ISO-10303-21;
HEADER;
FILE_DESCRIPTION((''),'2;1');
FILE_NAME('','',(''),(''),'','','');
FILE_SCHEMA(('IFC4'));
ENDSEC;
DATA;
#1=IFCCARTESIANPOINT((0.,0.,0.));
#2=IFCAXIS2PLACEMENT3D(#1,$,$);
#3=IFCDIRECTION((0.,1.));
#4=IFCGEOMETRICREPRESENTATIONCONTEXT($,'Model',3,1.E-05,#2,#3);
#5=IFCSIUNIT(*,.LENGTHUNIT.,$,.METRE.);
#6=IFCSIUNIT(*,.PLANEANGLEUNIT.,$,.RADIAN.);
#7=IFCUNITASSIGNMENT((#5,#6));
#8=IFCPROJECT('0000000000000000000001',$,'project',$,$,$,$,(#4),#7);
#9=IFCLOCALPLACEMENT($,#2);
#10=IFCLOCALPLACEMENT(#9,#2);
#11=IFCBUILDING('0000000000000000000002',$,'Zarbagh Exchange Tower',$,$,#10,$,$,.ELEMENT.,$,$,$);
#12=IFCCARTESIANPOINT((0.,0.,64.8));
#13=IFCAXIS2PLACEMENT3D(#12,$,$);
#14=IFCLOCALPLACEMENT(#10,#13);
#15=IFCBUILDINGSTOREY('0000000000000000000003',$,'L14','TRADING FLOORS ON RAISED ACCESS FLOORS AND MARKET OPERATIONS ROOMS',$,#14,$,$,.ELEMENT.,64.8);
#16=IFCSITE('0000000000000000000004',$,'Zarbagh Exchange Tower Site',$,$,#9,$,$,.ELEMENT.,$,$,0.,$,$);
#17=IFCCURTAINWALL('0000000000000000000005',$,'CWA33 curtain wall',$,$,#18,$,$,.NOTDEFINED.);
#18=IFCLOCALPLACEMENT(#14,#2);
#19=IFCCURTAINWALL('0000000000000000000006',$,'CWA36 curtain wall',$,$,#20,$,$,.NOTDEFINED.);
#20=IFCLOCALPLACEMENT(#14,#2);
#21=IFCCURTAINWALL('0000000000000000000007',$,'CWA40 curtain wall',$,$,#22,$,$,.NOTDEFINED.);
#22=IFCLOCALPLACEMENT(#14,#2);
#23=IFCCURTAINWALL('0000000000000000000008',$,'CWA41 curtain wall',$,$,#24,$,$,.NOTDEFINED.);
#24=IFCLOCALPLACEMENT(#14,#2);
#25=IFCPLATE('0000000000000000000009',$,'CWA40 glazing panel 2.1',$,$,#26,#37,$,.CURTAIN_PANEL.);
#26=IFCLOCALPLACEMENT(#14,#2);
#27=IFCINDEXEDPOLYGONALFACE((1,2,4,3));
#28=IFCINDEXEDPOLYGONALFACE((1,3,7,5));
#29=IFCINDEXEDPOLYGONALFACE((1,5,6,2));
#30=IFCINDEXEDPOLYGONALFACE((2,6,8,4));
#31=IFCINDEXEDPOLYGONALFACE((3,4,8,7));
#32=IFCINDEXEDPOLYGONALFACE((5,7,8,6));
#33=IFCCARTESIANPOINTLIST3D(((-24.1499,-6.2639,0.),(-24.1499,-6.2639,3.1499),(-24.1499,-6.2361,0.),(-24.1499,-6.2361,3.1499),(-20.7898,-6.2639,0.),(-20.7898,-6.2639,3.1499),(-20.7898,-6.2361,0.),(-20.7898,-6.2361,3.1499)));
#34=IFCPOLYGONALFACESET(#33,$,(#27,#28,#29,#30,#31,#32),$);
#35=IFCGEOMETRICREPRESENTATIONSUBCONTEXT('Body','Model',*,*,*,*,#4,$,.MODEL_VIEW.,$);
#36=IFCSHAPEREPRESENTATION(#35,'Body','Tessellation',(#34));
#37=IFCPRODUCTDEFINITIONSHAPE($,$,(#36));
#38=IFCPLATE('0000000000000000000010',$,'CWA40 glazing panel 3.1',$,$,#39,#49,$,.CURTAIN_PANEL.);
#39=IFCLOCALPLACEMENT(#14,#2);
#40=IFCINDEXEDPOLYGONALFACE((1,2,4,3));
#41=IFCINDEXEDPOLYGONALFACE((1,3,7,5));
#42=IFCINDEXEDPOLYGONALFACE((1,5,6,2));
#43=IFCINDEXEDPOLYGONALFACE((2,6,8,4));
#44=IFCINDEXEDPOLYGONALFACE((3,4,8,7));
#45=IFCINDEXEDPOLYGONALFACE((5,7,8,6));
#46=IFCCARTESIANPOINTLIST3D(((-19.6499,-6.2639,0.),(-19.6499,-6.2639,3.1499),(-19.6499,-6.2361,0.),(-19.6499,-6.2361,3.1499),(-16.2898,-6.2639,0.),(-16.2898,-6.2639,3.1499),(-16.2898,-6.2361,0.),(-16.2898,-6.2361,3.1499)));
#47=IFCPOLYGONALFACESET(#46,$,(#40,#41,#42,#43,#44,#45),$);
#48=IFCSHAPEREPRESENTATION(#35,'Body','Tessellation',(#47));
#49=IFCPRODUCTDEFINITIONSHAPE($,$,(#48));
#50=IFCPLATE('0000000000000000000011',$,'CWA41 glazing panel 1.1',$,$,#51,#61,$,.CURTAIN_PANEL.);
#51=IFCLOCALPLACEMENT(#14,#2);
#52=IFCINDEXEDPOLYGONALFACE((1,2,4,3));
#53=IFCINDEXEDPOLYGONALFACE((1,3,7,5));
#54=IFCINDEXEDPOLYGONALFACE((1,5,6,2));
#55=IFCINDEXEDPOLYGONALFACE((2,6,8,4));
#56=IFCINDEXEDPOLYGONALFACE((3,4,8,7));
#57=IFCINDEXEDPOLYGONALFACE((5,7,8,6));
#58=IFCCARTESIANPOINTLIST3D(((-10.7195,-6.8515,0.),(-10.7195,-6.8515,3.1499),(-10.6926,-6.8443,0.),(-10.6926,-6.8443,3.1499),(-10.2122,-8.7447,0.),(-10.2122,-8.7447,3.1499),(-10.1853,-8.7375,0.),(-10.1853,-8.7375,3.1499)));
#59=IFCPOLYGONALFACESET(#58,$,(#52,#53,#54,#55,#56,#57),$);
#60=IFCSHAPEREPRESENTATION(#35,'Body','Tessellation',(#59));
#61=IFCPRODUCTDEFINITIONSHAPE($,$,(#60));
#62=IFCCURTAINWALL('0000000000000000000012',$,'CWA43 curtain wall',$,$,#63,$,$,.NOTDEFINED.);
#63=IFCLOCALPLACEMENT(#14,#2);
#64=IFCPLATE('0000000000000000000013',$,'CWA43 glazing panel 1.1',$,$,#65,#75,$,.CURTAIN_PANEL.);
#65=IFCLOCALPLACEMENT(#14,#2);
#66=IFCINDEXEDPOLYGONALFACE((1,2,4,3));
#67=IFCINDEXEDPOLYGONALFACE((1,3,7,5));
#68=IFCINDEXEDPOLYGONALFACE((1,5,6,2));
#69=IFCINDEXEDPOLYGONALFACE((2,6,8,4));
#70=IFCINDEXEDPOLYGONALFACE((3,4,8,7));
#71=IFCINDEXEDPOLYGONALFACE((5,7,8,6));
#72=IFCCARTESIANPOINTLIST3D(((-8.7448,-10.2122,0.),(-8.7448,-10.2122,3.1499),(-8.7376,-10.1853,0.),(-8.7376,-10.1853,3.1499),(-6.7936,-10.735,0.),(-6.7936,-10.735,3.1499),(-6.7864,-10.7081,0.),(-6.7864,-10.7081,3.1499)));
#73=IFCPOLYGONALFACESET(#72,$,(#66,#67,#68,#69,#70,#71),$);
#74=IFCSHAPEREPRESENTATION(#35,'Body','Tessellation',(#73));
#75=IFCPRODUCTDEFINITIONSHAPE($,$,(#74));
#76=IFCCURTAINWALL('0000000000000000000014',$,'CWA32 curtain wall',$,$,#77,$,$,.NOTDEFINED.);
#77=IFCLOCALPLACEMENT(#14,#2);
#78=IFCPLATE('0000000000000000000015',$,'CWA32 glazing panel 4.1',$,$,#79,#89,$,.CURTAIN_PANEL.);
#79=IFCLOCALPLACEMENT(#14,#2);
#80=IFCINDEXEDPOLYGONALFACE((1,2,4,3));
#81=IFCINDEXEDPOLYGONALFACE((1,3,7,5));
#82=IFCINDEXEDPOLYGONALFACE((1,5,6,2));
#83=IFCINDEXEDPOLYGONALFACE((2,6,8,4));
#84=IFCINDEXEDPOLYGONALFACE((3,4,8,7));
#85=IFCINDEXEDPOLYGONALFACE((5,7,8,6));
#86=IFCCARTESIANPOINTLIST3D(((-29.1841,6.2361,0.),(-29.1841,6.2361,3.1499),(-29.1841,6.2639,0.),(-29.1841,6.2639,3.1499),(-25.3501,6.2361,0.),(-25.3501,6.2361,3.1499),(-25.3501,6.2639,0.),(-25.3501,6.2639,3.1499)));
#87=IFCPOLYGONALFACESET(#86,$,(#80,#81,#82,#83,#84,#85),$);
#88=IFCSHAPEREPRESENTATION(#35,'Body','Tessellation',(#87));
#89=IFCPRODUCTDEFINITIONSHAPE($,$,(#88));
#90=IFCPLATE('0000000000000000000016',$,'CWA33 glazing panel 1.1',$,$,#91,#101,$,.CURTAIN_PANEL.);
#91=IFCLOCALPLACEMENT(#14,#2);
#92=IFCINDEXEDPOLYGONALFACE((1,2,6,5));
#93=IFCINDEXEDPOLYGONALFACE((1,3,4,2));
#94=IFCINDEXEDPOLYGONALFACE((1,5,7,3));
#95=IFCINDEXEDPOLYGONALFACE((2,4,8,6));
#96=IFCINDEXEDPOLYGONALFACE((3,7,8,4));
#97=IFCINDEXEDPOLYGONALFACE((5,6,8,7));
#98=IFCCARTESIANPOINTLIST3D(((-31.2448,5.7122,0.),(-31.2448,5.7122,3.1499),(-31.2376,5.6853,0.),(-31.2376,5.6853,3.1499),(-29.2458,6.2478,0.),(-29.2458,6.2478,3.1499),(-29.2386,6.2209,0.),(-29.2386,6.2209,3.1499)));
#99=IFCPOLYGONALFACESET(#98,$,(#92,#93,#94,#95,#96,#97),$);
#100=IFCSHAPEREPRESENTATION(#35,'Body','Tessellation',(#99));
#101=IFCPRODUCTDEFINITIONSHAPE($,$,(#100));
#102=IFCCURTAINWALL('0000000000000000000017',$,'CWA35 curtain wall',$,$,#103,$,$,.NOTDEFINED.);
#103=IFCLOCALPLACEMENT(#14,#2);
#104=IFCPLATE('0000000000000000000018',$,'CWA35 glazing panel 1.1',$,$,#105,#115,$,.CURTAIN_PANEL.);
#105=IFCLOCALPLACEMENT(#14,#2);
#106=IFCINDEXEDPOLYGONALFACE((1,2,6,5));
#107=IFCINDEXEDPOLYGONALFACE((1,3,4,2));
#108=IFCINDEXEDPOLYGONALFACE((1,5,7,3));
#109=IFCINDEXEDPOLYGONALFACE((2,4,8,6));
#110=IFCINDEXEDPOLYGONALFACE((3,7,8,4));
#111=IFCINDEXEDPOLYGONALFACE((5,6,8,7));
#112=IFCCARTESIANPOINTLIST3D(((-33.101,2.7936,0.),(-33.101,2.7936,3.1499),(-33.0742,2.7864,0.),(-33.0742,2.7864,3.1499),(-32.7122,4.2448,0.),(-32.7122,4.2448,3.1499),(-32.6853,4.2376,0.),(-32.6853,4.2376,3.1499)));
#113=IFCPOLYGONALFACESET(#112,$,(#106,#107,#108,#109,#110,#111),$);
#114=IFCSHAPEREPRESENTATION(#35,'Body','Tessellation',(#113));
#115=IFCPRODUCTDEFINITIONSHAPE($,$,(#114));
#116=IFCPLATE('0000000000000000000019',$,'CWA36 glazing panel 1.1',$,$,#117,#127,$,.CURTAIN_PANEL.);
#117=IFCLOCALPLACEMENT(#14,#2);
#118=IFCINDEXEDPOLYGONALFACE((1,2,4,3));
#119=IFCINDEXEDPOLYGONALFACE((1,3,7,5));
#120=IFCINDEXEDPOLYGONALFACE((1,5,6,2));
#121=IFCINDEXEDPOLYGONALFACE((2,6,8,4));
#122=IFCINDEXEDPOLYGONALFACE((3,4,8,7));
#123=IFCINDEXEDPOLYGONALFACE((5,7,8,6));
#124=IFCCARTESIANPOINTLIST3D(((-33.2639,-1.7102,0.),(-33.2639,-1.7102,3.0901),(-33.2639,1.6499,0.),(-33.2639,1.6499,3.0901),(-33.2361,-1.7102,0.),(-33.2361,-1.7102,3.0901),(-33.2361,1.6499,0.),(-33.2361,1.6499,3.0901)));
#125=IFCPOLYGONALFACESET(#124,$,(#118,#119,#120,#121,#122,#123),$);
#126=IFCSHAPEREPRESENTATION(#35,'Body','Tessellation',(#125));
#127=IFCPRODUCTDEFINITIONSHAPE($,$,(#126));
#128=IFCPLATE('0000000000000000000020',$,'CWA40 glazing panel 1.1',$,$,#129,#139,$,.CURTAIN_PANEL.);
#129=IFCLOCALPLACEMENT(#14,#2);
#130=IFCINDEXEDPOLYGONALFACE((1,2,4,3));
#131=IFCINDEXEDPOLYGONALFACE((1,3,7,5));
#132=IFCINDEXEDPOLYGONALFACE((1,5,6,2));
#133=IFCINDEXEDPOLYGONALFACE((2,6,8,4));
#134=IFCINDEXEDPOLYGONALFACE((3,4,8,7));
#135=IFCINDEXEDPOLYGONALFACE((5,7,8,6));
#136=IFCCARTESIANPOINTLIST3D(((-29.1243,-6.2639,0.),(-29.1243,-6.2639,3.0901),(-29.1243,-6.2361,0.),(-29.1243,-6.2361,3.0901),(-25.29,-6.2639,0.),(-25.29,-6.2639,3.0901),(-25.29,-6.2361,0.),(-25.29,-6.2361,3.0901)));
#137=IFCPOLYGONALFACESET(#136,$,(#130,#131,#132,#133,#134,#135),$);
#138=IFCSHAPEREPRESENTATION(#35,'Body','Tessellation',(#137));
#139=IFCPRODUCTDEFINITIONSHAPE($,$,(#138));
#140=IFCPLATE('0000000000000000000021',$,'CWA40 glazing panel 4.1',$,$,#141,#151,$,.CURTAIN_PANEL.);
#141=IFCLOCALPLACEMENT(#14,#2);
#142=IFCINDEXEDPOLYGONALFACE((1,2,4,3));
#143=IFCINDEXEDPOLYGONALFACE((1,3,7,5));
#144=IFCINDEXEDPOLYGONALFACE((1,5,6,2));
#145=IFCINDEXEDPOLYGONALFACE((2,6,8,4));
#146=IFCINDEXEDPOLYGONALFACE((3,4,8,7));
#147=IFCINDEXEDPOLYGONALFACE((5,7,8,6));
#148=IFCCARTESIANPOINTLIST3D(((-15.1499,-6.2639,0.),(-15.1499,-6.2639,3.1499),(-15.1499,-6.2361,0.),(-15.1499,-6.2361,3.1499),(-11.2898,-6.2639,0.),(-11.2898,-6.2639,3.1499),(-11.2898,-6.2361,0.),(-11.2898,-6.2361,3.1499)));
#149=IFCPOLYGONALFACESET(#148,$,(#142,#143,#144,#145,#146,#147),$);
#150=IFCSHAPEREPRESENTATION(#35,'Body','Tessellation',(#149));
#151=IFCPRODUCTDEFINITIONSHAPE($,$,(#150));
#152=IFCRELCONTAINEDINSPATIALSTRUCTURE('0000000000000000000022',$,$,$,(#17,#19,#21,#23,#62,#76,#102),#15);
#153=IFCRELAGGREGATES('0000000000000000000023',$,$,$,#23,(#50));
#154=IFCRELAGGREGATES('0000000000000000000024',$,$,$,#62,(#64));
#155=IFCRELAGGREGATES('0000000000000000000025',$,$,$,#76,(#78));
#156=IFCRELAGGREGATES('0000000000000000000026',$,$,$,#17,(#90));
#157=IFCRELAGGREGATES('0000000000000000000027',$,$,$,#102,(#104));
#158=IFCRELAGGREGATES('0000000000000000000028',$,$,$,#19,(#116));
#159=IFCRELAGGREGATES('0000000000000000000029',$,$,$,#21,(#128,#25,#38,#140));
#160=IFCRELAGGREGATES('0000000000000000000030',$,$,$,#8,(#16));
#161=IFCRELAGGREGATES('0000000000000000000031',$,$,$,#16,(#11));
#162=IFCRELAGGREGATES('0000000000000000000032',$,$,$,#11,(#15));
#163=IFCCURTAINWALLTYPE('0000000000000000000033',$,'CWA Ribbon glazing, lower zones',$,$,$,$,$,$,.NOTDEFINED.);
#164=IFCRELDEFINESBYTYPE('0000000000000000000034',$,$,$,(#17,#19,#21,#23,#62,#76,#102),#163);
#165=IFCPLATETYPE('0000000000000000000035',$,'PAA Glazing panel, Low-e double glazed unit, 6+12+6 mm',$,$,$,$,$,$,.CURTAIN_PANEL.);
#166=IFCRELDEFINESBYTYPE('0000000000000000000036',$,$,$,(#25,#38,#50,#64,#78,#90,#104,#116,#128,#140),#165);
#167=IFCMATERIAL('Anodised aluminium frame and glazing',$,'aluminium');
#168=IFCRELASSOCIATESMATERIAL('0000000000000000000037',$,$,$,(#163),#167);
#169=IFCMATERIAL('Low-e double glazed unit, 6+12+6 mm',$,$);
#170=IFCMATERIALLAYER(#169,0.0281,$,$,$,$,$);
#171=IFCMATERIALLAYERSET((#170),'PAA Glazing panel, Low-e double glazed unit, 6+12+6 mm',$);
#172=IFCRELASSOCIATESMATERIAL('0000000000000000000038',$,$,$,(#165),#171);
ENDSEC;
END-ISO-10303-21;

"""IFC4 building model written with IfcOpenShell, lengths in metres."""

from ifc_helpers import new_model, si_unit, direction, frame, origin, place, context, subcontext, project, spatial, polyline, outline, extrude, source, transform, mapped, material, layer, layer_set, type_object, element, aggregate, save


model = new_model("IFC4")

# Units and contexts
model_context = context("Model", 3, precision=1e-05, world=origin(), true_north=direction((0.0, 1.0)))
body_context = subcontext(model_context, "Body", "Model", "MODEL_VIEW")
ifc_project = project(units=[si_unit("LENGTHUNIT", "METRE"), si_unit("PLANEANGLEUNIT", "RADIAN")], contexts=[model_context])

# Site, building, storey
site_placement = place(None, origin())
site = spatial("IfcSite", under=ifc_project, at=site_placement, Name="Zarbagh Exchange Tower Site", CompositionType="ELEMENT", RefElevation=0.0)
building_placement = place(site_placement, origin())
building = spatial("IfcBuilding", under=site, at=building_placement, Name="Zarbagh Exchange Tower", CompositionType="ELEMENT")
storey_placement = place(building_placement, frame((0.0, 0.0, 64.8)))
storey = spatial("IfcBuildingStorey", under=building, at=storey_placement, Name="L14", Description="TRADING FLOORS ON RAISED ACCESS FLOORS AND MARKET OPERATIONS ROOMS", CompositionType="ELEMENT", Elevation=64.8)

# Curtain walls
ifc_material_1 = material(Name="Anodised aluminium frame and glazing", Category="aluminium")
curtain_wall_type = type_object("IfcCurtainWallType", Name="CWA Ribbon glazing, lower zones", PredefinedType="NOTDEFINED", material=ifc_material_1)
curtain_wall_1_placement = place(storey_placement, origin())
curtain_wall_1 = element("IfcCurtainWall", 1, at=curtain_wall_1_placement, inside=storey, type_object=curtain_wall_type, Name="CWA33 curtain wall", PredefinedType="NOTDEFINED")
placement = place(storey_placement, origin())
curtain_wall_2_placement = place(storey_placement, origin())
curtain_wall_2 = element("IfcCurtainWall", 2, at=curtain_wall_2_placement, inside=storey, type_object=curtain_wall_type, Name="CWA36 curtain wall", PredefinedType="NOTDEFINED")

# Curtain wall
curtain_wall_3_placement = place(storey_placement, origin())
curtain_wall_3 = element("IfcCurtainWall", 3, at=curtain_wall_3_placement, inside=storey, type_object=curtain_wall_type, Name="CWA40 curtain wall", PredefinedType="NOTDEFINED")

# Curtain wall
curtain_wall_4_placement = place(storey_placement, origin())
curtain_wall_4 = element("IfcCurtainWall", 4, at=curtain_wall_4_placement, inside=storey, type_object=curtain_wall_type, Name="CWA41 curtain wall", PredefinedType="NOTDEFINED")

# Shared definitions
ifc_material_2 = material(Name="Low-e double glazed unit, 6+12+6 mm")
ifc_layer = layer(ifc_material_2, 0.0281)
ifc_layer_set = layer_set([ifc_layer], Name="PAA Glazing panel, Low-e double glazed unit, 6+12+6 mm")
plate_type = type_object("IfcPlateType", Name="PAA Glazing panel, Low-e double glazed unit, 6+12+6 mm", PredefinedType="CURTAIN_PANEL", material=ifc_layer_set)

# Plates
shared_shape_1 = source(origin(), body_context, "Body", "SweptSolid", [
    extrude(outline(polyline([(0.0, -0.0139), (3.3601, -0.0139), (3.3601, 0.0139), (0.0, 0.0139), (0.0, -0.0139)])), origin(), (0.0, 0.0, 1.0), 3.1499),
])
plate_1 = element("IfcPlate", 5, at=placement, type_object=plate_type, Name="CWA40 glazing panel 2.1", PredefinedType="CURTAIN_PANEL", context=body_context, shape_type="MappedRepresentation", body=[
    mapped(shared_shape_1, transform((-24.1499, -6.25, 0.0), x_axis=(1.0, 0.0, 0.0), y_axis=(0.0, 1.0, 0.0), z_axis=(0.0, 0.0, 1.0))),
])
plate_2 = element("IfcPlate", 6, at=placement, type_object=plate_type, Name="CWA40 glazing panel 3.1", PredefinedType="CURTAIN_PANEL", context=body_context, shape_type="MappedRepresentation", body=[
    mapped(shared_shape_1, transform((-19.6499, -6.25, 0.0), x_axis=(1.0, 0.0, 0.0), y_axis=(0.0, 1.0, 0.0), z_axis=(0.0, 0.0, 1.0))),
])
shared_shape_2 = source(origin(), body_context, "Body", "SweptSolid", [
    extrude(outline(polyline([(0.0, -0.0139), (1.96, -0.0139), (1.96, 0.0139), (0.0, 0.0139), (0.0, -0.0139)])), origin(), (0.0, 0.0, 1.0), 3.1499),
])
plate_3 = element("IfcPlate", 7, at=placement, type_object=plate_type, Name="CWA41 glazing panel 1.1", PredefinedType="CURTAIN_PANEL", context=body_context, shape_type="MappedRepresentation", body=[
    mapped(shared_shape_2, transform((-10.7061, -6.8479, 0.0), x_axis=(0.258825, -0.965924, 0.0), y_axis=(0.965924, 0.258825, 0.0), z_axis=(0.0, 0.0, 1.0))),
])
aggregate(curtain_wall_4, [plate_3])

# Curtain walls, plates
curtain_wall_5_placement = place(storey_placement, origin())
curtain_wall_5 = element("IfcCurtainWall", 8, at=curtain_wall_5_placement, inside=storey, type_object=curtain_wall_type, Name="CWA43 curtain wall", PredefinedType="NOTDEFINED")
shared_shape_3 = source(origin(), body_context, "Body", "SweptSolid", [
    extrude(outline(polyline([(0.0, -0.0139), (2.02, -0.0139), (2.02, 0.0139), (0.0, 0.0139), (0.0, -0.0139)])), origin(), (0.0, 0.0, 1.0), 3.1499),
])
plate_4 = element("IfcPlate", 9, at=placement, type_object=plate_type, Name="CWA43 glazing panel 1.1", PredefinedType="CURTAIN_PANEL", context=body_context, shape_type="MappedRepresentation", body=[
    mapped(shared_shape_3, transform((-8.7412, -10.1987, 0.0), x_axis=(0.965924, -0.258825, 0.0), y_axis=(0.258825, 0.965924, 0.0), z_axis=(0.0, 0.0, 1.0))),
])
aggregate(curtain_wall_5, [plate_4])
curtain_wall_6_placement = place(storey_placement, origin())
curtain_wall_6 = element("IfcCurtainWall", 10, at=curtain_wall_6_placement, inside=storey, type_object=curtain_wall_type, Name="CWA32 curtain wall", PredefinedType="NOTDEFINED")
shared_shape_4 = source(origin(), body_context, "Body", "SweptSolid", [
    extrude(outline(polyline([(0.0, -0.0139), (3.834, -0.0139), (3.834, 0.0139), (0.0, 0.0139), (0.0, -0.0139)])), origin(), (0.0, 0.0, 1.0), 3.1499),
])
plate_5 = element("IfcPlate", 11, at=placement, type_object=plate_type, Name="CWA32 glazing panel 4.1", PredefinedType="CURTAIN_PANEL", context=body_context, shape_type="MappedRepresentation", body=[
    mapped(shared_shape_4, transform((-25.3501, 6.25, 0.0), x_axis=(-1.0, 0.0, 0.0), y_axis=(0.0, -1.0, 0.0), z_axis=(0.0, 0.0, 1.0))),
])
aggregate(curtain_wall_6, [plate_5])

# Plate
shared_shape_5 = source(origin(), body_context, "Body", "SweptSolid", [
    extrude(outline(polyline([(0.0, -0.0139), (2.0696, -0.0139), (2.0696, 0.0139), (0.0, 0.0139), (0.0, -0.0139)])), origin(), (0.0, 0.0, 1.0), 3.1499),
])
plate_6 = element("IfcPlate", 12, at=placement, type_object=plate_type, Name="CWA33 glazing panel 1.1", PredefinedType="CURTAIN_PANEL", context=body_context, shape_type="MappedRepresentation", body=[
    mapped(shared_shape_5, transform((-29.2422, 6.2344, 0.0), x_axis=(-0.965924, -0.258825, 0.0), y_axis=(0.258825, -0.965924, 0.0), z_axis=(0.0, 0.0, 1.0))),
])
aggregate(curtain_wall_1, [plate_6])

# Curtain wall, plate
curtain_wall_7_placement = place(storey_placement, origin())
curtain_wall_7 = element("IfcCurtainWall", 13, at=curtain_wall_7_placement, inside=storey, type_object=curtain_wall_type, Name="CWA35 curtain wall", PredefinedType="NOTDEFINED")
shared_shape_6 = source(origin(), body_context, "Body", "SweptSolid", [
    extrude(outline(polyline([(0.0, -0.0139), (1.5024, -0.0139), (1.5024, 0.0139), (0.0, 0.0139), (0.0, -0.0139)])), origin(), (0.0, 0.0, 1.0), 3.1499),
])
plate_7 = element("IfcPlate", 14, at=placement, type_object=plate_type, Name="CWA35 glazing panel 1.1", PredefinedType="CURTAIN_PANEL", context=body_context, shape_type="MappedRepresentation", body=[
    mapped(shared_shape_6, transform((-32.6987, 4.2412, 0.0), x_axis=(-0.258825, -0.965924, 0.0), y_axis=(0.965924, -0.258825, 0.0), z_axis=(0.0, 0.0, 1.0))),
])
aggregate(curtain_wall_7, [plate_7])

# Plates
shared_shape_7 = source(origin(), body_context, "Body", "SweptSolid", [
    extrude(outline(polyline([(0.0, -0.0139), (3.3601, -0.0139), (3.3601, 0.0139), (0.0, 0.0139), (0.0, -0.0139)])), origin(), (0.0, 0.0, 1.0), 3.0901),
])
plate_8 = element("IfcPlate", 15, at=placement, type_object=plate_type, Name="CWA36 glazing panel 1.1", PredefinedType="CURTAIN_PANEL", context=body_context, shape_type="MappedRepresentation", body=[
    mapped(shared_shape_7, transform((-33.25, 1.6499, 0.0), x_axis=(0.0, -1.0, 0.0), y_axis=(1.0, 0.0, 0.0), z_axis=(0.0, 0.0, 1.0))),
])
aggregate(curtain_wall_2, [plate_8])
shared_shape_8 = source(origin(), body_context, "Body", "SweptSolid", [
    extrude(outline(polyline([(0.0, -0.0139), (3.8342, -0.0139), (3.8342, 0.0139), (0.0, 0.0139), (0.0, -0.0139)])), origin(), (0.0, 0.0, 1.0), 3.0901),
])
plate_9 = element("IfcPlate", 16, at=placement, type_object=plate_type, Name="CWA40 glazing panel 1.1", PredefinedType="CURTAIN_PANEL", context=body_context, shape_type="MappedRepresentation", body=[
    mapped(shared_shape_8, transform((-29.1243, -6.25, 0.0), x_axis=(1.0, 0.0, 0.0), y_axis=(0.0, 1.0, 0.0), z_axis=(0.0, 0.0, 1.0))),
])
shared_shape_9 = source(origin(), body_context, "Body", "SweptSolid", [
    extrude(outline(polyline([(0.0, -0.0139), (3.8601, -0.0139), (3.8601, 0.0139), (0.0, 0.0139), (0.0, -0.0139)])), origin(), (0.0, 0.0, 1.0), 3.1499),
])
plate_10 = element("IfcPlate", 17, at=placement, type_object=plate_type, Name="CWA40 glazing panel 4.1", PredefinedType="CURTAIN_PANEL", context=body_context, shape_type="MappedRepresentation", body=[
    mapped(shared_shape_9, transform((-15.1499, -6.25, 0.0), x_axis=(1.0, 0.0, 0.0), y_axis=(0.0, 1.0, 0.0), z_axis=(0.0, 0.0, 1.0))),
])
aggregate(curtain_wall_3, [plate_9, plate_1, plate_2, plate_10])

save(model, "model.ifc")
